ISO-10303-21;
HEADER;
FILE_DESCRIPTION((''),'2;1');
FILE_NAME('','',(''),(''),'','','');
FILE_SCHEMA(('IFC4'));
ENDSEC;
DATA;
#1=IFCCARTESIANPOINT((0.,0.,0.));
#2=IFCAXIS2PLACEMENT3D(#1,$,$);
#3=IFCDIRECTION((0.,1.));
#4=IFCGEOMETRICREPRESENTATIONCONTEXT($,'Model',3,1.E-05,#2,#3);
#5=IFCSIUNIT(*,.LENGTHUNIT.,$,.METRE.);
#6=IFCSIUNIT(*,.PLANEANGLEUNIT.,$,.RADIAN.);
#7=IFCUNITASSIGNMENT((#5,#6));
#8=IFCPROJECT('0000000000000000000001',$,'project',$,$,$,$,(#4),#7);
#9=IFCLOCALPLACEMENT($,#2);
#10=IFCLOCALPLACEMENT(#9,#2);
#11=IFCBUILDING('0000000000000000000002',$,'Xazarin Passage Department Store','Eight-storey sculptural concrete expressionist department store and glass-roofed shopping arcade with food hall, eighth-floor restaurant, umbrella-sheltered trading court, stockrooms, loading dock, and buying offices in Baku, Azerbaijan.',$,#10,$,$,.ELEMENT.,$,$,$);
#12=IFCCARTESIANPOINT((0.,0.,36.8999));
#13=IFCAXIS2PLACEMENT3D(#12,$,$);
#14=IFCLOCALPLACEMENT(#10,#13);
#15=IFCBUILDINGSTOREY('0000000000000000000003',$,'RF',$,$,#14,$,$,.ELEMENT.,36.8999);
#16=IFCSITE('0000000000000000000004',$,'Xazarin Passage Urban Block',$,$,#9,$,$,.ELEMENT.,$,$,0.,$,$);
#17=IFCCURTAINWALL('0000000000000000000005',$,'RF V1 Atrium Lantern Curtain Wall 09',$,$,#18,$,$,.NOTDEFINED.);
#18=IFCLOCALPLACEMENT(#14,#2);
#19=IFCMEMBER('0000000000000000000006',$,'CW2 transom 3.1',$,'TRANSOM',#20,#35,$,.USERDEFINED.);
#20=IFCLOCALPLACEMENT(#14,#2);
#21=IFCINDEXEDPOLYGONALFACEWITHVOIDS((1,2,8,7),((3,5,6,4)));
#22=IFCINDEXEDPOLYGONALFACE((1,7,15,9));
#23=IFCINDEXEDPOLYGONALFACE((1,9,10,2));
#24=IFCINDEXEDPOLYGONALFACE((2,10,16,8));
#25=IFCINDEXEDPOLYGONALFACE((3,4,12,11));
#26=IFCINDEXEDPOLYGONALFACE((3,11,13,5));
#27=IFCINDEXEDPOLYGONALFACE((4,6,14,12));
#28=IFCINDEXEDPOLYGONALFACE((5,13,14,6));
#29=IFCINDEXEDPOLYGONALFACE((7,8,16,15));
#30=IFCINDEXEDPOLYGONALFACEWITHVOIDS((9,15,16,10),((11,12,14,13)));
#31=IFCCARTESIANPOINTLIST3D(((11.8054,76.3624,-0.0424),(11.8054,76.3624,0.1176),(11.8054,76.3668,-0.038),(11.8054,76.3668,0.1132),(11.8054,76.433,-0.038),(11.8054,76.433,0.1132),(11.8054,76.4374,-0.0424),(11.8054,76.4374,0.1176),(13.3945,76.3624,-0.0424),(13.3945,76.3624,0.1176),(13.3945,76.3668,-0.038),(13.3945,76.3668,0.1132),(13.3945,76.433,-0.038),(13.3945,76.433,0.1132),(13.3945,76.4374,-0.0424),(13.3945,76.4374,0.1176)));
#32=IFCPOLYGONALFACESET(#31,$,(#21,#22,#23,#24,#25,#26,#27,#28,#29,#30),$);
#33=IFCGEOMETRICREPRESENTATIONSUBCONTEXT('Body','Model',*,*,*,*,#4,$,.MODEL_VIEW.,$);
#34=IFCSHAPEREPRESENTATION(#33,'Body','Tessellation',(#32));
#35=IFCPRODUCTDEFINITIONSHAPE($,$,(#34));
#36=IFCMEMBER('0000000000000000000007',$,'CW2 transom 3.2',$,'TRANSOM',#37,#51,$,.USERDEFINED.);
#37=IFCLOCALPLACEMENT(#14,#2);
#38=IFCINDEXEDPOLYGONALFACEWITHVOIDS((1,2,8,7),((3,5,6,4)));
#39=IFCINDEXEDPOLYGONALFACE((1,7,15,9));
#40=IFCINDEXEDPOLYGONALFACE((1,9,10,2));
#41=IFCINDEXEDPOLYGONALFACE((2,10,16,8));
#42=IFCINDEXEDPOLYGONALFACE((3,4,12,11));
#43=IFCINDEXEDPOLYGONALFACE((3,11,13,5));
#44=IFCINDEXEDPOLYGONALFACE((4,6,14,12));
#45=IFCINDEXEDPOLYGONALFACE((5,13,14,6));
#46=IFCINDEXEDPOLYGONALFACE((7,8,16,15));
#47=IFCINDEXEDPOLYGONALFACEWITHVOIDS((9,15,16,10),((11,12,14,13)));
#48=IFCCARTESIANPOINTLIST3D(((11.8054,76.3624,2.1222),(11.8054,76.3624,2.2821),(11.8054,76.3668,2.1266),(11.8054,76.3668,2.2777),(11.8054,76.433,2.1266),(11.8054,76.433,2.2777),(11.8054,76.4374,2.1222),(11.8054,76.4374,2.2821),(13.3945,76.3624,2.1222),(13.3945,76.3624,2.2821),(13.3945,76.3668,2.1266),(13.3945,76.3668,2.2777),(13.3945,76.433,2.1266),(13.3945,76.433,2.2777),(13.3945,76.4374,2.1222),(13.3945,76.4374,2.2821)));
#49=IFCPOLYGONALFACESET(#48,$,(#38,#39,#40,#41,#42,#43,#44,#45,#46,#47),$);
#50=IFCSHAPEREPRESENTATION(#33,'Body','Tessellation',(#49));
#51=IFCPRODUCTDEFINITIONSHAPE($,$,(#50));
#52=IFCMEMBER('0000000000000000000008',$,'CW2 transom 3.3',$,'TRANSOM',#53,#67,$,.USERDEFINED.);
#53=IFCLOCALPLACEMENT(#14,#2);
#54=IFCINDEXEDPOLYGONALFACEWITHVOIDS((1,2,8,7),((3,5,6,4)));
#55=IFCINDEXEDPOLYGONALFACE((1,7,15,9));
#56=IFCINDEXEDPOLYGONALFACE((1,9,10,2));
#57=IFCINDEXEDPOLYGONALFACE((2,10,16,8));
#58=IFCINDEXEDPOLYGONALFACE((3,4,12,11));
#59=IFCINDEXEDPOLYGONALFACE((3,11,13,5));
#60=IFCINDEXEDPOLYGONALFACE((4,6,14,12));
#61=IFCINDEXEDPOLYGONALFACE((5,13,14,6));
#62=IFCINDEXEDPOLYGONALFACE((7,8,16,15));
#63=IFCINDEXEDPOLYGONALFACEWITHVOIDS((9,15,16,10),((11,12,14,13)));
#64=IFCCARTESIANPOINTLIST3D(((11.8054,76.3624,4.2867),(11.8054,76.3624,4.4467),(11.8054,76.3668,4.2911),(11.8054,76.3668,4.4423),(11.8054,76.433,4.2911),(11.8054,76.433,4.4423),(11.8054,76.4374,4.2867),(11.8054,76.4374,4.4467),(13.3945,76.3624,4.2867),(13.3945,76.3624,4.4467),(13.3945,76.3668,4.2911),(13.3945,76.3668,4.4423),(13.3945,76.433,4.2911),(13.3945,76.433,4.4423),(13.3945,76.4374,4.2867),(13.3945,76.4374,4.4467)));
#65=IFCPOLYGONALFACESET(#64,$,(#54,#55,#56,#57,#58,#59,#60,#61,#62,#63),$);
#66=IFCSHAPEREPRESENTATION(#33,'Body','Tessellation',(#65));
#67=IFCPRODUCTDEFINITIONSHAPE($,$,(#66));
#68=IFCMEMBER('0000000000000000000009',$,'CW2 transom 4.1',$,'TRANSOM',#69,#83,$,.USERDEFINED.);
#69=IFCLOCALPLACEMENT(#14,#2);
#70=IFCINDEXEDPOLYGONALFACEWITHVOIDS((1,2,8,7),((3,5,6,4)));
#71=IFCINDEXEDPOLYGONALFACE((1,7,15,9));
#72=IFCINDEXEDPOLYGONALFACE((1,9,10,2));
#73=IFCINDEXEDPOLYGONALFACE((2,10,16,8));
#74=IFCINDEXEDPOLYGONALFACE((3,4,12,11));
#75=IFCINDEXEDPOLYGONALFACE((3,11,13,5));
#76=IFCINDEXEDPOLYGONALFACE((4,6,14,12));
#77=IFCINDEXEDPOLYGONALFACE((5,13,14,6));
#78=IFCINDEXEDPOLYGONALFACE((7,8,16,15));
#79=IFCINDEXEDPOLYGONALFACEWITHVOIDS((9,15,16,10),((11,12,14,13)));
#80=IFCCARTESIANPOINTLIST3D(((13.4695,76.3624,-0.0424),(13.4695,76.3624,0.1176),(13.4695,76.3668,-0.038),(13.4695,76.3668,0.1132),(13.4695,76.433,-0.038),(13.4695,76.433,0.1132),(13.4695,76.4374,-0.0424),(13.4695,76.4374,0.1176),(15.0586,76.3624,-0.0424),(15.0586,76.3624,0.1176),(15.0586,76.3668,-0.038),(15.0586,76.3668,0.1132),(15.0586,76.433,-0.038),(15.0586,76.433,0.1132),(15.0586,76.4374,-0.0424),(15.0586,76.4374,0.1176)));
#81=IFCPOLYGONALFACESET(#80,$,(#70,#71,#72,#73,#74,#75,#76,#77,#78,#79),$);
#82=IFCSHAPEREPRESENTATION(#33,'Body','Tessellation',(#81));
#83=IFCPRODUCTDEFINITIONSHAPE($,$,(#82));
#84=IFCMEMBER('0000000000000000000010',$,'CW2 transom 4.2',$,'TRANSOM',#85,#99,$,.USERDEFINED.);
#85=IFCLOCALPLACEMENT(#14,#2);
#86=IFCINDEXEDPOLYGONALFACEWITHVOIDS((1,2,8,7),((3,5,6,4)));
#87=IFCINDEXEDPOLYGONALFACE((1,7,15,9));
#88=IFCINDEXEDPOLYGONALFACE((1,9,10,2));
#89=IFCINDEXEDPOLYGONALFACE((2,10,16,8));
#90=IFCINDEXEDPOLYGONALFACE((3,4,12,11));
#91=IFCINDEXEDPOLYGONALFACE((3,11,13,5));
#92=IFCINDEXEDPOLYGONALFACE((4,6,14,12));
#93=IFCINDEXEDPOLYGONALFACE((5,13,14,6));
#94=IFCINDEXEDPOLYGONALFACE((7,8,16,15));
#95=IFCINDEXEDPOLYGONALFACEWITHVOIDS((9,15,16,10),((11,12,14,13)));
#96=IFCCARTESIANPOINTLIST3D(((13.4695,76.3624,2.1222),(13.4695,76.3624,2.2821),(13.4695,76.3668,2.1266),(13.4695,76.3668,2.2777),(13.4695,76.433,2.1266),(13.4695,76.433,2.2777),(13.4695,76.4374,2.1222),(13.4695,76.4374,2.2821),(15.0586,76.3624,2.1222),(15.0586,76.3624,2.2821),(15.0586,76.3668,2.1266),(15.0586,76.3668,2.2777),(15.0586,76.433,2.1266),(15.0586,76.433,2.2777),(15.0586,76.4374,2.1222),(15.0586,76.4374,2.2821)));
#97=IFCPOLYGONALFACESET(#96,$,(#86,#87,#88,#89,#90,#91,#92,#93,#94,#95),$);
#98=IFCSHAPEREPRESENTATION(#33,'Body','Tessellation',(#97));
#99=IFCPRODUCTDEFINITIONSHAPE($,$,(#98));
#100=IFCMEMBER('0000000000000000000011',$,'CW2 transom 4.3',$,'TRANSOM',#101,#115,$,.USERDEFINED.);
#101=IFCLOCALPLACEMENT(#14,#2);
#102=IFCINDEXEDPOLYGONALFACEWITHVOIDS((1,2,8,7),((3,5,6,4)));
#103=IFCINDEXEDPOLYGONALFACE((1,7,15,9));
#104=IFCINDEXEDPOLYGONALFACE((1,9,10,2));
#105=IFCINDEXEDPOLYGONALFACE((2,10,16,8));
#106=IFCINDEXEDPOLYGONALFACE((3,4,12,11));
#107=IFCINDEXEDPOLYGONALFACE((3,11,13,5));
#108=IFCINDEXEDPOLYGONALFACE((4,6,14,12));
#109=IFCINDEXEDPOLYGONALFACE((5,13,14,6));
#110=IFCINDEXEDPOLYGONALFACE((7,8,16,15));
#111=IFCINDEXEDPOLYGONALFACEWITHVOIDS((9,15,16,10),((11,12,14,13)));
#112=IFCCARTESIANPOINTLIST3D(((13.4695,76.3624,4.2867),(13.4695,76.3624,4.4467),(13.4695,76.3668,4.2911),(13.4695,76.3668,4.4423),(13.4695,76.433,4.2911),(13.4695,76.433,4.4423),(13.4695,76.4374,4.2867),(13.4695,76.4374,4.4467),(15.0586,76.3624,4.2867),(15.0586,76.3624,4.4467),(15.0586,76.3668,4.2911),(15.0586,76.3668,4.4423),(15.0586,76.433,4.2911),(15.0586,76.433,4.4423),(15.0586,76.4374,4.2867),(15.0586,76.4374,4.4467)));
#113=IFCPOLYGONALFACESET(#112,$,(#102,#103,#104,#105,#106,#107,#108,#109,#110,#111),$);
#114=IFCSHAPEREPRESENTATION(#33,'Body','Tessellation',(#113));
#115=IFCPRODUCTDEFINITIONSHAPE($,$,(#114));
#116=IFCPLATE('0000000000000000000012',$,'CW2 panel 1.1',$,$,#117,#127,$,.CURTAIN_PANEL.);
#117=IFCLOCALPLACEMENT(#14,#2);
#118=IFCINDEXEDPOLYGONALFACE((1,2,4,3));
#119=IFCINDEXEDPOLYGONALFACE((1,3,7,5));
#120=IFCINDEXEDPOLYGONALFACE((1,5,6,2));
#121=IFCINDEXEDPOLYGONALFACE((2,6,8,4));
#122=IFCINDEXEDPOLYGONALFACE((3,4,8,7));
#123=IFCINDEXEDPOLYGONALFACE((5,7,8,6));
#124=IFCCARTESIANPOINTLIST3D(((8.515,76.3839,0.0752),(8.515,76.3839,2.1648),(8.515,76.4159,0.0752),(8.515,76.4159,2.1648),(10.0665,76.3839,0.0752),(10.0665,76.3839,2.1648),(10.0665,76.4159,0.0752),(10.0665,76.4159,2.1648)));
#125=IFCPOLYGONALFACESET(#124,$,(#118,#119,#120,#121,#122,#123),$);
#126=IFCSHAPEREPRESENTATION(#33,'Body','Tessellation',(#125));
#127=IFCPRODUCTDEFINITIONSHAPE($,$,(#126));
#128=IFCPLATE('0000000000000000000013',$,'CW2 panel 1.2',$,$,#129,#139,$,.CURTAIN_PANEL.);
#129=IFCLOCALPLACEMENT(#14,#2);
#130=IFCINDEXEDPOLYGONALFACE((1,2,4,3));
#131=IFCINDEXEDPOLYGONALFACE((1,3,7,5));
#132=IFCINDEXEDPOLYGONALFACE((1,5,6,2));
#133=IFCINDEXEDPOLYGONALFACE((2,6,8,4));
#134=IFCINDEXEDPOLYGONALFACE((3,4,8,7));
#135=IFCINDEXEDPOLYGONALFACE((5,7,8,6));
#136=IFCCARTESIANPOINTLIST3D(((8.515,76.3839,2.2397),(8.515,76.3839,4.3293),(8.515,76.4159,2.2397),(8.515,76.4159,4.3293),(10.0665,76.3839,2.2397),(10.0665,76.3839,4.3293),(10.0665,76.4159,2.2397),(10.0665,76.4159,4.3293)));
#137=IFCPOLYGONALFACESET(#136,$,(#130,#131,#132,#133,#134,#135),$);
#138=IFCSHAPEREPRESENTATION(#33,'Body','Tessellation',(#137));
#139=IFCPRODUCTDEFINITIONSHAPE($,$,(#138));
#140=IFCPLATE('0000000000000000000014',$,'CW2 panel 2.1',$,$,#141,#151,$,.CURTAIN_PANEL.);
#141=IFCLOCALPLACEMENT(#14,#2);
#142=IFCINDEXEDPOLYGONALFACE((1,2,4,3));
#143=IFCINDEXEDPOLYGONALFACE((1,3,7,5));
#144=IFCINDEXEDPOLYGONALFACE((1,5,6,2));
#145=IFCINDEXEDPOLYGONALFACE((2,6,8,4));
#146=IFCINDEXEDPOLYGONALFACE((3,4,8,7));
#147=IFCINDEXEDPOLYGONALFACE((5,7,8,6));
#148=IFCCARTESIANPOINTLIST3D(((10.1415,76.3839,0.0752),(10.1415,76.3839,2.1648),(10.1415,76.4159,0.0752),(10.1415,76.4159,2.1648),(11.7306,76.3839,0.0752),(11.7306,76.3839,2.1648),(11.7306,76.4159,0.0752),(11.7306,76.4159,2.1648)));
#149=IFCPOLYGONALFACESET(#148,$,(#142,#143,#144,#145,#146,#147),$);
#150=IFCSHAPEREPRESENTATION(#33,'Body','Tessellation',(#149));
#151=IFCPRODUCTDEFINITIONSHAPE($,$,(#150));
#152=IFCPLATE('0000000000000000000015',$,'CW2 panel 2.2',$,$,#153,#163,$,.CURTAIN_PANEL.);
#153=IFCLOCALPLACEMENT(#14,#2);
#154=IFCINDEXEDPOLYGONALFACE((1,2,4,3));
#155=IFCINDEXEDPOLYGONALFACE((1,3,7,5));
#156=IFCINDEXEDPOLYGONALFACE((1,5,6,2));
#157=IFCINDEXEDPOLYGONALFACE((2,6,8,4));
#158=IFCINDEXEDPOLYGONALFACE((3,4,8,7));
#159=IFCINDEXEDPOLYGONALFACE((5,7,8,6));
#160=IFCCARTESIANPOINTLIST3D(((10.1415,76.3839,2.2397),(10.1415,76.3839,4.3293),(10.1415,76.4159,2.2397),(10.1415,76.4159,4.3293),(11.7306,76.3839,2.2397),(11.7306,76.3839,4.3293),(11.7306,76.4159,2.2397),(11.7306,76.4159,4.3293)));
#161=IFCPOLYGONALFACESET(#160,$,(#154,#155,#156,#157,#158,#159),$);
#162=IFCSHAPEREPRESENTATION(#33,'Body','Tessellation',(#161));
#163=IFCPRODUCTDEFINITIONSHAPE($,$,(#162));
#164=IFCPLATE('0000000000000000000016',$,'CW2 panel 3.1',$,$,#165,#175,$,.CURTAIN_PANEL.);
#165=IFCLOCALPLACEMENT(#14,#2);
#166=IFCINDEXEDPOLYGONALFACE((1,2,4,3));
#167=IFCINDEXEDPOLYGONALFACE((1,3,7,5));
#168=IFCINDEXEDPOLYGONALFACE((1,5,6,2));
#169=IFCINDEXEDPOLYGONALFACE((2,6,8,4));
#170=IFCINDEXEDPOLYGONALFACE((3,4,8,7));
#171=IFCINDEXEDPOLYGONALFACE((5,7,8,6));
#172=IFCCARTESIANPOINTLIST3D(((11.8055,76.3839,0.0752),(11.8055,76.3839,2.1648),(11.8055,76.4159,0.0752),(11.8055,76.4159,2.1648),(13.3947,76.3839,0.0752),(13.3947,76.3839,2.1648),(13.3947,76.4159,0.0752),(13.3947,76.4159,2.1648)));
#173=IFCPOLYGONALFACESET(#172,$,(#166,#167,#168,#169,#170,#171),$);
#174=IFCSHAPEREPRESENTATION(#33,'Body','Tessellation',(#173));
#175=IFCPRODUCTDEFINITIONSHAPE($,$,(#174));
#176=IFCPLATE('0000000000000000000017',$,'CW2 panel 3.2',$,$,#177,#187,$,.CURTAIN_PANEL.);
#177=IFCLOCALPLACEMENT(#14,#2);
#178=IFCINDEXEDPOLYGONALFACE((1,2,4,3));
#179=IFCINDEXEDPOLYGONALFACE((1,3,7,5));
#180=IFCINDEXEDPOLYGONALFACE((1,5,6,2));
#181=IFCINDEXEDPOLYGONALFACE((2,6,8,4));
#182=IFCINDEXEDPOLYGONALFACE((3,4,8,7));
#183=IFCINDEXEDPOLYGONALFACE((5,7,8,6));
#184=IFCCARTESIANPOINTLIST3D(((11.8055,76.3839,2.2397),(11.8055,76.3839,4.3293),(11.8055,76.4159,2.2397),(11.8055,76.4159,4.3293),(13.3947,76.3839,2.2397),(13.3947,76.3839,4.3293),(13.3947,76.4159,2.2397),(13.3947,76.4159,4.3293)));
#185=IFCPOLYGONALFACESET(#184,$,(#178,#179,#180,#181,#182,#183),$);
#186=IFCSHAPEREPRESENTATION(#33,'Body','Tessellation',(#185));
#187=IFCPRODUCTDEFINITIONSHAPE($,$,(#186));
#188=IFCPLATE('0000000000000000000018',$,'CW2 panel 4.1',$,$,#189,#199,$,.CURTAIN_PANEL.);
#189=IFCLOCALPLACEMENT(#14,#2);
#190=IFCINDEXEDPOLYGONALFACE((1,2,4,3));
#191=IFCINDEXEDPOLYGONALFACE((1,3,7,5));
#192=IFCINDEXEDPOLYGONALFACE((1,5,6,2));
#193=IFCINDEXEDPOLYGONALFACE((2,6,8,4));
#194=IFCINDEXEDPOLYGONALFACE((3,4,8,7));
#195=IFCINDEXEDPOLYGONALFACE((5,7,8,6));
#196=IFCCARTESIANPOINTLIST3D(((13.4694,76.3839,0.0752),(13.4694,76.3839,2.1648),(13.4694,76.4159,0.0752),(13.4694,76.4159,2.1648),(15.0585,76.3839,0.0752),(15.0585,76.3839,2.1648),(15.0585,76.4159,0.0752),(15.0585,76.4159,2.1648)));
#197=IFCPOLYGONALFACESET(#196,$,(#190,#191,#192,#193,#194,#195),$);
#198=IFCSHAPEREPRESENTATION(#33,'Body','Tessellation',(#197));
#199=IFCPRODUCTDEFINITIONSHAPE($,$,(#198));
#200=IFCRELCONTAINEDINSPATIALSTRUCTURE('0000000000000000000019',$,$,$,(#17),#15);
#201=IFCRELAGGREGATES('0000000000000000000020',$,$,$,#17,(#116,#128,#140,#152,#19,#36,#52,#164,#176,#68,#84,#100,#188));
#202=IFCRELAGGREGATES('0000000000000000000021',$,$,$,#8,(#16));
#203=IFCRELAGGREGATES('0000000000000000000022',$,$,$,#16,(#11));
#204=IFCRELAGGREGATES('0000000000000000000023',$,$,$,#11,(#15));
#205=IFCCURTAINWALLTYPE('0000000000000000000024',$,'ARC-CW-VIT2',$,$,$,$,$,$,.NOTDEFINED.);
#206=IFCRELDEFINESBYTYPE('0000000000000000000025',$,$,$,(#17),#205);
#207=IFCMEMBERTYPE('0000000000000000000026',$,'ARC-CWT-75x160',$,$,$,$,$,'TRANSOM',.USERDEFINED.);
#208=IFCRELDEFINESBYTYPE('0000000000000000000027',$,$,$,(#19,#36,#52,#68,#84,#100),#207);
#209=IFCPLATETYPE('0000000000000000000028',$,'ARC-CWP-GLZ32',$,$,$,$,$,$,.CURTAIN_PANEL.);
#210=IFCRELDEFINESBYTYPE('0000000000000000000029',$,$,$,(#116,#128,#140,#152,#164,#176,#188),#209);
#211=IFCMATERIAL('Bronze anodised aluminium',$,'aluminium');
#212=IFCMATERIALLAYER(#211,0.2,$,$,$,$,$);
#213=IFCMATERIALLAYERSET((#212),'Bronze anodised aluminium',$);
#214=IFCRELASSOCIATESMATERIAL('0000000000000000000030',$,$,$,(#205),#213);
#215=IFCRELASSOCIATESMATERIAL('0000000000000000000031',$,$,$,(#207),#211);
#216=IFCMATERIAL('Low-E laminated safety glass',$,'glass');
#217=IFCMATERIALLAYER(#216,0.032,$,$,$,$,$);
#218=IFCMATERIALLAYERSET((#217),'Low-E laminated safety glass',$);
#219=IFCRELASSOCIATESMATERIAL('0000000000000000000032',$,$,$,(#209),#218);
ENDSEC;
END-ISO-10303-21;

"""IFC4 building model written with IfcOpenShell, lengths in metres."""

from ifc_helpers import new_model, si_unit, direction, frame, origin, origin_2d, place, context, subcontext, project, spatial, rectangle, hollow_rectangle, extrude, material, layer, layer_set, material_profile, profile_set, type_object, element, aggregate, save


model = new_model("IFC4")

# Units and contexts
model_context = context("Model", 3, precision=1e-05, world=origin(), true_north=direction((0.0, 1.0)))
body_context = subcontext(model_context, "Body", "Model", "MODEL_VIEW")
ifc_project = project(units=[si_unit("LENGTHUNIT", "METRE"), si_unit("PLANEANGLEUNIT", "RADIAN")], contexts=[model_context])

# Site, building, storey
site_placement = place(None, origin())
site = spatial("IfcSite", under=ifc_project, at=site_placement, Name="Xazarin Passage Urban Block", CompositionType="ELEMENT", RefElevation=0.0)
building_placement = place(site_placement, origin())
building = spatial("IfcBuilding", under=site, at=building_placement, Name="Xazarin Passage Department Store", Description="Eight-storey sculptural concrete expressionist department store and glass-roofed shopping arcade with food hall, eighth-floor restaurant, umbrella-sheltered trading court, stockrooms, loading dock, and buying offices in Baku, Azerbaijan.", CompositionType="ELEMENT")
storey_placement = place(building_placement, frame((0.0, 0.0, 36.8999)))
storey = spatial("IfcBuildingStorey", under=building, at=storey_placement, Name="RF", CompositionType="ELEMENT", Elevation=36.8999)

# Curtain wall, members, plates
ifc_material_1 = material(Name="Bronze anodised aluminium", Category="aluminium")
ifc_layer_1 = layer(ifc_material_1, 0.2)
ifc_layer_set_1 = layer_set([ifc_layer_1], Name="Bronze anodised aluminium")
curtain_wall_type = type_object("IfcCurtainWallType", Name="ARC-CW-VIT2", PredefinedType="NOTDEFINED", material=ifc_layer_set_1)
curtain_wall_placement = place(storey_placement, origin())
curtain_wall = element("IfcCurtainWall", 1, at=curtain_wall_placement, inside=storey, type_object=curtain_wall_type, Name="RF V1 Atrium Lantern Curtain Wall 09", PredefinedType="NOTDEFINED")
ifc_material_profile_1 = material_profile(ifc_material_1, hollow_rectangle(XDim=0.075, YDim=0.1599, WallThickness=0.0044, at=origin_2d()), Name="ALU 75x160")
ifc_profile_set_1 = profile_set([ifc_material_profile_1], Name="Bronze anodised aluminium")
member_type_1 = type_object("IfcMemberType", Name="ARC-CWT-75x160", ElementType="TRANSOM", PredefinedType="USERDEFINED", material=ifc_profile_set_1)
member_1_placement = place(storey_placement, frame((11.8054, 76.3999, 0.0376), z_axis=(1.0, 0.0, 0.0), x_axis=(0.0, 1.0, 0.0)))
member_1 = element("IfcMember", 2, at=member_1_placement, type_object=member_type_1, Name="CW2 transom 3.1", ObjectType="TRANSOM", PredefinedType="USERDEFINED", context=body_context, shape_type="SweptSolid", body=[
    extrude(hollow_rectangle(XDim=0.075, YDim=0.1599, WallThickness=0.0044, at=origin_2d()), origin(), (0.0, 0.0, 1.0), 1.5891),
])
member_2_placement = place(storey_placement, frame((11.8054, 76.3999, 2.2021), z_axis=(1.0, 0.0, 0.0), x_axis=(0.0, 1.0, 0.0)))
member_2 = element("IfcMember", 3, at=member_2_placement, type_object=member_type_1, Name="CW2 transom 3.2", ObjectType="TRANSOM", PredefinedType="USERDEFINED", context=body_context, shape_type="SweptSolid", body=[
    extrude(hollow_rectangle(XDim=0.075, YDim=0.1599, WallThickness=0.0044, at=origin_2d()), origin(), (0.0, 0.0, 1.0), 1.5891),
])
member_3_placement = place(storey_placement, frame((11.8054, 76.3999, 4.3667), z_axis=(1.0, 0.0, 0.0), x_axis=(0.0, 1.0, 0.0)))
member_3 = element("IfcMember", 4, at=member_3_placement, type_object=member_type_1, Name="CW2 transom 3.3", ObjectType="TRANSOM", PredefinedType="USERDEFINED", context=body_context, shape_type="SweptSolid", body=[
    extrude(hollow_rectangle(XDim=0.075, YDim=0.1599, WallThickness=0.0044, at=origin_2d()), origin(), (0.0, 0.0, 1.0), 1.5891),
])
member_4_placement = place(storey_placement, frame((13.4695, 76.3999, 0.0376), z_axis=(1.0, 0.0, 0.0), x_axis=(0.0, 1.0, 0.0)))
member_4 = element("IfcMember", 5, at=member_4_placement, type_object=member_type_1, Name="CW2 transom 4.1", ObjectType="TRANSOM", PredefinedType="USERDEFINED", context=body_context, shape_type="SweptSolid", body=[
    extrude(hollow_rectangle(XDim=0.075, YDim=0.1599, WallThickness=0.0044, at=origin_2d()), origin(), (0.0, 0.0, 1.0), 1.5891),
])
member_5_placement = place(storey_placement, frame((13.4695, 76.3999, 2.2021), z_axis=(1.0, 0.0, 0.0), x_axis=(0.0, 1.0, 0.0)))
member_5 = element("IfcMember", 6, at=member_5_placement, type_object=member_type_1, Name="CW2 transom 4.2", ObjectType="TRANSOM", PredefinedType="USERDEFINED", context=body_context, shape_type="SweptSolid", body=[
    extrude(hollow_rectangle(XDim=0.075, YDim=0.1599, WallThickness=0.0044, at=origin_2d()), origin(), (0.0, 0.0, 1.0), 1.5891),
])
member_6_placement = place(storey_placement, frame((13.4695, 76.3999, 4.3667), z_axis=(1.0, 0.0, 0.0), x_axis=(0.0, 1.0, 0.0)))
member_6 = element("IfcMember", 7, at=member_6_placement, type_object=member_type_1, Name="CW2 transom 4.3", ObjectType="TRANSOM", PredefinedType="USERDEFINED", context=body_context, shape_type="SweptSolid", body=[
    extrude(hollow_rectangle(XDim=0.075, YDim=0.1599, WallThickness=0.0044, at=origin_2d()), origin(), (0.0, 0.0, 1.0), 1.5891),
])
ifc_material_2 = material(Name="Low-E laminated safety glass", Category="glass")
ifc_layer_2 = layer(ifc_material_2, 0.032)
ifc_layer_set_2 = layer_set([ifc_layer_2], Name="Low-E laminated safety glass")
plate_type = type_object("IfcPlateType", Name="ARC-CWP-GLZ32", PredefinedType="CURTAIN_PANEL", material=ifc_layer_set_2)
plate_1_placement = place(storey_placement, frame((9.2908, 76.3999, 0.0752), z_axis=(0.0, 0.0, 1.0), x_axis=(1.0, 0.0, 0.0)))
plate_1 = element("IfcPlate", 8, at=plate_1_placement, type_object=plate_type, Name="CW2 panel 1.1", PredefinedType="CURTAIN_PANEL", context=body_context, shape_type="SweptSolid", body=[
    extrude(rectangle(XDim=1.5515, YDim=0.032, at=origin_2d()), origin(), (0.0, 0.0, 1.0), 2.0896),
])
plate_2_placement = place(storey_placement, frame((9.2908, 76.3999, 2.2397), z_axis=(0.0, 0.0, 1.0), x_axis=(1.0, 0.0, 0.0)))
plate_2 = element("IfcPlate", 9, at=plate_2_placement, type_object=plate_type, Name="CW2 panel 1.2", PredefinedType="CURTAIN_PANEL", context=body_context, shape_type="SweptSolid", body=[
    extrude(rectangle(XDim=1.5515, YDim=0.032, at=origin_2d()), origin(), (0.0, 0.0, 1.0), 2.0896),
])
plate_3_placement = place(storey_placement, frame((10.936, 76.3999, 0.0752), z_axis=(0.0, 0.0, 1.0), x_axis=(1.0, 0.0, 0.0)))
plate_3 = element("IfcPlate", 10, at=plate_3_placement, type_object=plate_type, Name="CW2 panel 2.1", PredefinedType="CURTAIN_PANEL", context=body_context, shape_type="SweptSolid", body=[
    extrude(rectangle(XDim=1.5891, YDim=0.032, at=origin_2d()), origin(), (0.0, 0.0, 1.0), 2.0896),
])
plate_4_placement = place(storey_placement, frame((10.936, 76.3999, 2.2397), z_axis=(0.0, 0.0, 1.0), x_axis=(1.0, 0.0, 0.0)))
plate_4 = element("IfcPlate", 11, at=plate_4_placement, type_object=plate_type, Name="CW2 panel 2.2", PredefinedType="CURTAIN_PANEL", context=body_context, shape_type="SweptSolid", body=[
    extrude(rectangle(XDim=1.5891, YDim=0.032, at=origin_2d()), origin(), (0.0, 0.0, 1.0), 2.0896),
])
plate_5_placement = place(storey_placement, frame((12.6001, 76.3999, 0.0752), z_axis=(0.0, 0.0, 1.0), x_axis=(1.0, 0.0, 0.0)))
plate_5 = element("IfcPlate", 12, at=plate_5_placement, type_object=plate_type, Name="CW2 panel 3.1", PredefinedType="CURTAIN_PANEL", context=body_context, shape_type="SweptSolid", body=[
    extrude(rectangle(XDim=1.5891, YDim=0.032, at=origin_2d()), origin(), (0.0, 0.0, 1.0), 2.0896),
])
plate_6_placement = place(storey_placement, frame((12.6001, 76.3999, 2.2397), z_axis=(0.0, 0.0, 1.0), x_axis=(1.0, 0.0, 0.0)))
plate_6 = element("IfcPlate", 13, at=plate_6_placement, type_object=plate_type, Name="CW2 panel 3.2", PredefinedType="CURTAIN_PANEL", context=body_context, shape_type="SweptSolid", body=[
    extrude(rectangle(XDim=1.5891, YDim=0.032, at=origin_2d()), origin(), (0.0, 0.0, 1.0), 2.0896),
])
plate_7_placement = place(storey_placement, frame((14.2639, 76.3999, 0.0752), z_axis=(0.0, 0.0, 1.0), x_axis=(1.0, 0.0, 0.0)))
plate_7 = element("IfcPlate", 14, at=plate_7_placement, type_object=plate_type, Name="CW2 panel 4.1", PredefinedType="CURTAIN_PANEL", context=body_context, shape_type="SweptSolid", body=[
    extrude(rectangle(XDim=1.5891, YDim=0.032, at=origin_2d()), origin(), (0.0, 0.0, 1.0), 2.0896),
])
aggregate(curtain_wall, [plate_1, plate_2, plate_3, plate_4, member_1, member_2, member_3, plate_5, plate_6, member_4, member_5, member_6, plate_7])

save(model, "model.ifc")
